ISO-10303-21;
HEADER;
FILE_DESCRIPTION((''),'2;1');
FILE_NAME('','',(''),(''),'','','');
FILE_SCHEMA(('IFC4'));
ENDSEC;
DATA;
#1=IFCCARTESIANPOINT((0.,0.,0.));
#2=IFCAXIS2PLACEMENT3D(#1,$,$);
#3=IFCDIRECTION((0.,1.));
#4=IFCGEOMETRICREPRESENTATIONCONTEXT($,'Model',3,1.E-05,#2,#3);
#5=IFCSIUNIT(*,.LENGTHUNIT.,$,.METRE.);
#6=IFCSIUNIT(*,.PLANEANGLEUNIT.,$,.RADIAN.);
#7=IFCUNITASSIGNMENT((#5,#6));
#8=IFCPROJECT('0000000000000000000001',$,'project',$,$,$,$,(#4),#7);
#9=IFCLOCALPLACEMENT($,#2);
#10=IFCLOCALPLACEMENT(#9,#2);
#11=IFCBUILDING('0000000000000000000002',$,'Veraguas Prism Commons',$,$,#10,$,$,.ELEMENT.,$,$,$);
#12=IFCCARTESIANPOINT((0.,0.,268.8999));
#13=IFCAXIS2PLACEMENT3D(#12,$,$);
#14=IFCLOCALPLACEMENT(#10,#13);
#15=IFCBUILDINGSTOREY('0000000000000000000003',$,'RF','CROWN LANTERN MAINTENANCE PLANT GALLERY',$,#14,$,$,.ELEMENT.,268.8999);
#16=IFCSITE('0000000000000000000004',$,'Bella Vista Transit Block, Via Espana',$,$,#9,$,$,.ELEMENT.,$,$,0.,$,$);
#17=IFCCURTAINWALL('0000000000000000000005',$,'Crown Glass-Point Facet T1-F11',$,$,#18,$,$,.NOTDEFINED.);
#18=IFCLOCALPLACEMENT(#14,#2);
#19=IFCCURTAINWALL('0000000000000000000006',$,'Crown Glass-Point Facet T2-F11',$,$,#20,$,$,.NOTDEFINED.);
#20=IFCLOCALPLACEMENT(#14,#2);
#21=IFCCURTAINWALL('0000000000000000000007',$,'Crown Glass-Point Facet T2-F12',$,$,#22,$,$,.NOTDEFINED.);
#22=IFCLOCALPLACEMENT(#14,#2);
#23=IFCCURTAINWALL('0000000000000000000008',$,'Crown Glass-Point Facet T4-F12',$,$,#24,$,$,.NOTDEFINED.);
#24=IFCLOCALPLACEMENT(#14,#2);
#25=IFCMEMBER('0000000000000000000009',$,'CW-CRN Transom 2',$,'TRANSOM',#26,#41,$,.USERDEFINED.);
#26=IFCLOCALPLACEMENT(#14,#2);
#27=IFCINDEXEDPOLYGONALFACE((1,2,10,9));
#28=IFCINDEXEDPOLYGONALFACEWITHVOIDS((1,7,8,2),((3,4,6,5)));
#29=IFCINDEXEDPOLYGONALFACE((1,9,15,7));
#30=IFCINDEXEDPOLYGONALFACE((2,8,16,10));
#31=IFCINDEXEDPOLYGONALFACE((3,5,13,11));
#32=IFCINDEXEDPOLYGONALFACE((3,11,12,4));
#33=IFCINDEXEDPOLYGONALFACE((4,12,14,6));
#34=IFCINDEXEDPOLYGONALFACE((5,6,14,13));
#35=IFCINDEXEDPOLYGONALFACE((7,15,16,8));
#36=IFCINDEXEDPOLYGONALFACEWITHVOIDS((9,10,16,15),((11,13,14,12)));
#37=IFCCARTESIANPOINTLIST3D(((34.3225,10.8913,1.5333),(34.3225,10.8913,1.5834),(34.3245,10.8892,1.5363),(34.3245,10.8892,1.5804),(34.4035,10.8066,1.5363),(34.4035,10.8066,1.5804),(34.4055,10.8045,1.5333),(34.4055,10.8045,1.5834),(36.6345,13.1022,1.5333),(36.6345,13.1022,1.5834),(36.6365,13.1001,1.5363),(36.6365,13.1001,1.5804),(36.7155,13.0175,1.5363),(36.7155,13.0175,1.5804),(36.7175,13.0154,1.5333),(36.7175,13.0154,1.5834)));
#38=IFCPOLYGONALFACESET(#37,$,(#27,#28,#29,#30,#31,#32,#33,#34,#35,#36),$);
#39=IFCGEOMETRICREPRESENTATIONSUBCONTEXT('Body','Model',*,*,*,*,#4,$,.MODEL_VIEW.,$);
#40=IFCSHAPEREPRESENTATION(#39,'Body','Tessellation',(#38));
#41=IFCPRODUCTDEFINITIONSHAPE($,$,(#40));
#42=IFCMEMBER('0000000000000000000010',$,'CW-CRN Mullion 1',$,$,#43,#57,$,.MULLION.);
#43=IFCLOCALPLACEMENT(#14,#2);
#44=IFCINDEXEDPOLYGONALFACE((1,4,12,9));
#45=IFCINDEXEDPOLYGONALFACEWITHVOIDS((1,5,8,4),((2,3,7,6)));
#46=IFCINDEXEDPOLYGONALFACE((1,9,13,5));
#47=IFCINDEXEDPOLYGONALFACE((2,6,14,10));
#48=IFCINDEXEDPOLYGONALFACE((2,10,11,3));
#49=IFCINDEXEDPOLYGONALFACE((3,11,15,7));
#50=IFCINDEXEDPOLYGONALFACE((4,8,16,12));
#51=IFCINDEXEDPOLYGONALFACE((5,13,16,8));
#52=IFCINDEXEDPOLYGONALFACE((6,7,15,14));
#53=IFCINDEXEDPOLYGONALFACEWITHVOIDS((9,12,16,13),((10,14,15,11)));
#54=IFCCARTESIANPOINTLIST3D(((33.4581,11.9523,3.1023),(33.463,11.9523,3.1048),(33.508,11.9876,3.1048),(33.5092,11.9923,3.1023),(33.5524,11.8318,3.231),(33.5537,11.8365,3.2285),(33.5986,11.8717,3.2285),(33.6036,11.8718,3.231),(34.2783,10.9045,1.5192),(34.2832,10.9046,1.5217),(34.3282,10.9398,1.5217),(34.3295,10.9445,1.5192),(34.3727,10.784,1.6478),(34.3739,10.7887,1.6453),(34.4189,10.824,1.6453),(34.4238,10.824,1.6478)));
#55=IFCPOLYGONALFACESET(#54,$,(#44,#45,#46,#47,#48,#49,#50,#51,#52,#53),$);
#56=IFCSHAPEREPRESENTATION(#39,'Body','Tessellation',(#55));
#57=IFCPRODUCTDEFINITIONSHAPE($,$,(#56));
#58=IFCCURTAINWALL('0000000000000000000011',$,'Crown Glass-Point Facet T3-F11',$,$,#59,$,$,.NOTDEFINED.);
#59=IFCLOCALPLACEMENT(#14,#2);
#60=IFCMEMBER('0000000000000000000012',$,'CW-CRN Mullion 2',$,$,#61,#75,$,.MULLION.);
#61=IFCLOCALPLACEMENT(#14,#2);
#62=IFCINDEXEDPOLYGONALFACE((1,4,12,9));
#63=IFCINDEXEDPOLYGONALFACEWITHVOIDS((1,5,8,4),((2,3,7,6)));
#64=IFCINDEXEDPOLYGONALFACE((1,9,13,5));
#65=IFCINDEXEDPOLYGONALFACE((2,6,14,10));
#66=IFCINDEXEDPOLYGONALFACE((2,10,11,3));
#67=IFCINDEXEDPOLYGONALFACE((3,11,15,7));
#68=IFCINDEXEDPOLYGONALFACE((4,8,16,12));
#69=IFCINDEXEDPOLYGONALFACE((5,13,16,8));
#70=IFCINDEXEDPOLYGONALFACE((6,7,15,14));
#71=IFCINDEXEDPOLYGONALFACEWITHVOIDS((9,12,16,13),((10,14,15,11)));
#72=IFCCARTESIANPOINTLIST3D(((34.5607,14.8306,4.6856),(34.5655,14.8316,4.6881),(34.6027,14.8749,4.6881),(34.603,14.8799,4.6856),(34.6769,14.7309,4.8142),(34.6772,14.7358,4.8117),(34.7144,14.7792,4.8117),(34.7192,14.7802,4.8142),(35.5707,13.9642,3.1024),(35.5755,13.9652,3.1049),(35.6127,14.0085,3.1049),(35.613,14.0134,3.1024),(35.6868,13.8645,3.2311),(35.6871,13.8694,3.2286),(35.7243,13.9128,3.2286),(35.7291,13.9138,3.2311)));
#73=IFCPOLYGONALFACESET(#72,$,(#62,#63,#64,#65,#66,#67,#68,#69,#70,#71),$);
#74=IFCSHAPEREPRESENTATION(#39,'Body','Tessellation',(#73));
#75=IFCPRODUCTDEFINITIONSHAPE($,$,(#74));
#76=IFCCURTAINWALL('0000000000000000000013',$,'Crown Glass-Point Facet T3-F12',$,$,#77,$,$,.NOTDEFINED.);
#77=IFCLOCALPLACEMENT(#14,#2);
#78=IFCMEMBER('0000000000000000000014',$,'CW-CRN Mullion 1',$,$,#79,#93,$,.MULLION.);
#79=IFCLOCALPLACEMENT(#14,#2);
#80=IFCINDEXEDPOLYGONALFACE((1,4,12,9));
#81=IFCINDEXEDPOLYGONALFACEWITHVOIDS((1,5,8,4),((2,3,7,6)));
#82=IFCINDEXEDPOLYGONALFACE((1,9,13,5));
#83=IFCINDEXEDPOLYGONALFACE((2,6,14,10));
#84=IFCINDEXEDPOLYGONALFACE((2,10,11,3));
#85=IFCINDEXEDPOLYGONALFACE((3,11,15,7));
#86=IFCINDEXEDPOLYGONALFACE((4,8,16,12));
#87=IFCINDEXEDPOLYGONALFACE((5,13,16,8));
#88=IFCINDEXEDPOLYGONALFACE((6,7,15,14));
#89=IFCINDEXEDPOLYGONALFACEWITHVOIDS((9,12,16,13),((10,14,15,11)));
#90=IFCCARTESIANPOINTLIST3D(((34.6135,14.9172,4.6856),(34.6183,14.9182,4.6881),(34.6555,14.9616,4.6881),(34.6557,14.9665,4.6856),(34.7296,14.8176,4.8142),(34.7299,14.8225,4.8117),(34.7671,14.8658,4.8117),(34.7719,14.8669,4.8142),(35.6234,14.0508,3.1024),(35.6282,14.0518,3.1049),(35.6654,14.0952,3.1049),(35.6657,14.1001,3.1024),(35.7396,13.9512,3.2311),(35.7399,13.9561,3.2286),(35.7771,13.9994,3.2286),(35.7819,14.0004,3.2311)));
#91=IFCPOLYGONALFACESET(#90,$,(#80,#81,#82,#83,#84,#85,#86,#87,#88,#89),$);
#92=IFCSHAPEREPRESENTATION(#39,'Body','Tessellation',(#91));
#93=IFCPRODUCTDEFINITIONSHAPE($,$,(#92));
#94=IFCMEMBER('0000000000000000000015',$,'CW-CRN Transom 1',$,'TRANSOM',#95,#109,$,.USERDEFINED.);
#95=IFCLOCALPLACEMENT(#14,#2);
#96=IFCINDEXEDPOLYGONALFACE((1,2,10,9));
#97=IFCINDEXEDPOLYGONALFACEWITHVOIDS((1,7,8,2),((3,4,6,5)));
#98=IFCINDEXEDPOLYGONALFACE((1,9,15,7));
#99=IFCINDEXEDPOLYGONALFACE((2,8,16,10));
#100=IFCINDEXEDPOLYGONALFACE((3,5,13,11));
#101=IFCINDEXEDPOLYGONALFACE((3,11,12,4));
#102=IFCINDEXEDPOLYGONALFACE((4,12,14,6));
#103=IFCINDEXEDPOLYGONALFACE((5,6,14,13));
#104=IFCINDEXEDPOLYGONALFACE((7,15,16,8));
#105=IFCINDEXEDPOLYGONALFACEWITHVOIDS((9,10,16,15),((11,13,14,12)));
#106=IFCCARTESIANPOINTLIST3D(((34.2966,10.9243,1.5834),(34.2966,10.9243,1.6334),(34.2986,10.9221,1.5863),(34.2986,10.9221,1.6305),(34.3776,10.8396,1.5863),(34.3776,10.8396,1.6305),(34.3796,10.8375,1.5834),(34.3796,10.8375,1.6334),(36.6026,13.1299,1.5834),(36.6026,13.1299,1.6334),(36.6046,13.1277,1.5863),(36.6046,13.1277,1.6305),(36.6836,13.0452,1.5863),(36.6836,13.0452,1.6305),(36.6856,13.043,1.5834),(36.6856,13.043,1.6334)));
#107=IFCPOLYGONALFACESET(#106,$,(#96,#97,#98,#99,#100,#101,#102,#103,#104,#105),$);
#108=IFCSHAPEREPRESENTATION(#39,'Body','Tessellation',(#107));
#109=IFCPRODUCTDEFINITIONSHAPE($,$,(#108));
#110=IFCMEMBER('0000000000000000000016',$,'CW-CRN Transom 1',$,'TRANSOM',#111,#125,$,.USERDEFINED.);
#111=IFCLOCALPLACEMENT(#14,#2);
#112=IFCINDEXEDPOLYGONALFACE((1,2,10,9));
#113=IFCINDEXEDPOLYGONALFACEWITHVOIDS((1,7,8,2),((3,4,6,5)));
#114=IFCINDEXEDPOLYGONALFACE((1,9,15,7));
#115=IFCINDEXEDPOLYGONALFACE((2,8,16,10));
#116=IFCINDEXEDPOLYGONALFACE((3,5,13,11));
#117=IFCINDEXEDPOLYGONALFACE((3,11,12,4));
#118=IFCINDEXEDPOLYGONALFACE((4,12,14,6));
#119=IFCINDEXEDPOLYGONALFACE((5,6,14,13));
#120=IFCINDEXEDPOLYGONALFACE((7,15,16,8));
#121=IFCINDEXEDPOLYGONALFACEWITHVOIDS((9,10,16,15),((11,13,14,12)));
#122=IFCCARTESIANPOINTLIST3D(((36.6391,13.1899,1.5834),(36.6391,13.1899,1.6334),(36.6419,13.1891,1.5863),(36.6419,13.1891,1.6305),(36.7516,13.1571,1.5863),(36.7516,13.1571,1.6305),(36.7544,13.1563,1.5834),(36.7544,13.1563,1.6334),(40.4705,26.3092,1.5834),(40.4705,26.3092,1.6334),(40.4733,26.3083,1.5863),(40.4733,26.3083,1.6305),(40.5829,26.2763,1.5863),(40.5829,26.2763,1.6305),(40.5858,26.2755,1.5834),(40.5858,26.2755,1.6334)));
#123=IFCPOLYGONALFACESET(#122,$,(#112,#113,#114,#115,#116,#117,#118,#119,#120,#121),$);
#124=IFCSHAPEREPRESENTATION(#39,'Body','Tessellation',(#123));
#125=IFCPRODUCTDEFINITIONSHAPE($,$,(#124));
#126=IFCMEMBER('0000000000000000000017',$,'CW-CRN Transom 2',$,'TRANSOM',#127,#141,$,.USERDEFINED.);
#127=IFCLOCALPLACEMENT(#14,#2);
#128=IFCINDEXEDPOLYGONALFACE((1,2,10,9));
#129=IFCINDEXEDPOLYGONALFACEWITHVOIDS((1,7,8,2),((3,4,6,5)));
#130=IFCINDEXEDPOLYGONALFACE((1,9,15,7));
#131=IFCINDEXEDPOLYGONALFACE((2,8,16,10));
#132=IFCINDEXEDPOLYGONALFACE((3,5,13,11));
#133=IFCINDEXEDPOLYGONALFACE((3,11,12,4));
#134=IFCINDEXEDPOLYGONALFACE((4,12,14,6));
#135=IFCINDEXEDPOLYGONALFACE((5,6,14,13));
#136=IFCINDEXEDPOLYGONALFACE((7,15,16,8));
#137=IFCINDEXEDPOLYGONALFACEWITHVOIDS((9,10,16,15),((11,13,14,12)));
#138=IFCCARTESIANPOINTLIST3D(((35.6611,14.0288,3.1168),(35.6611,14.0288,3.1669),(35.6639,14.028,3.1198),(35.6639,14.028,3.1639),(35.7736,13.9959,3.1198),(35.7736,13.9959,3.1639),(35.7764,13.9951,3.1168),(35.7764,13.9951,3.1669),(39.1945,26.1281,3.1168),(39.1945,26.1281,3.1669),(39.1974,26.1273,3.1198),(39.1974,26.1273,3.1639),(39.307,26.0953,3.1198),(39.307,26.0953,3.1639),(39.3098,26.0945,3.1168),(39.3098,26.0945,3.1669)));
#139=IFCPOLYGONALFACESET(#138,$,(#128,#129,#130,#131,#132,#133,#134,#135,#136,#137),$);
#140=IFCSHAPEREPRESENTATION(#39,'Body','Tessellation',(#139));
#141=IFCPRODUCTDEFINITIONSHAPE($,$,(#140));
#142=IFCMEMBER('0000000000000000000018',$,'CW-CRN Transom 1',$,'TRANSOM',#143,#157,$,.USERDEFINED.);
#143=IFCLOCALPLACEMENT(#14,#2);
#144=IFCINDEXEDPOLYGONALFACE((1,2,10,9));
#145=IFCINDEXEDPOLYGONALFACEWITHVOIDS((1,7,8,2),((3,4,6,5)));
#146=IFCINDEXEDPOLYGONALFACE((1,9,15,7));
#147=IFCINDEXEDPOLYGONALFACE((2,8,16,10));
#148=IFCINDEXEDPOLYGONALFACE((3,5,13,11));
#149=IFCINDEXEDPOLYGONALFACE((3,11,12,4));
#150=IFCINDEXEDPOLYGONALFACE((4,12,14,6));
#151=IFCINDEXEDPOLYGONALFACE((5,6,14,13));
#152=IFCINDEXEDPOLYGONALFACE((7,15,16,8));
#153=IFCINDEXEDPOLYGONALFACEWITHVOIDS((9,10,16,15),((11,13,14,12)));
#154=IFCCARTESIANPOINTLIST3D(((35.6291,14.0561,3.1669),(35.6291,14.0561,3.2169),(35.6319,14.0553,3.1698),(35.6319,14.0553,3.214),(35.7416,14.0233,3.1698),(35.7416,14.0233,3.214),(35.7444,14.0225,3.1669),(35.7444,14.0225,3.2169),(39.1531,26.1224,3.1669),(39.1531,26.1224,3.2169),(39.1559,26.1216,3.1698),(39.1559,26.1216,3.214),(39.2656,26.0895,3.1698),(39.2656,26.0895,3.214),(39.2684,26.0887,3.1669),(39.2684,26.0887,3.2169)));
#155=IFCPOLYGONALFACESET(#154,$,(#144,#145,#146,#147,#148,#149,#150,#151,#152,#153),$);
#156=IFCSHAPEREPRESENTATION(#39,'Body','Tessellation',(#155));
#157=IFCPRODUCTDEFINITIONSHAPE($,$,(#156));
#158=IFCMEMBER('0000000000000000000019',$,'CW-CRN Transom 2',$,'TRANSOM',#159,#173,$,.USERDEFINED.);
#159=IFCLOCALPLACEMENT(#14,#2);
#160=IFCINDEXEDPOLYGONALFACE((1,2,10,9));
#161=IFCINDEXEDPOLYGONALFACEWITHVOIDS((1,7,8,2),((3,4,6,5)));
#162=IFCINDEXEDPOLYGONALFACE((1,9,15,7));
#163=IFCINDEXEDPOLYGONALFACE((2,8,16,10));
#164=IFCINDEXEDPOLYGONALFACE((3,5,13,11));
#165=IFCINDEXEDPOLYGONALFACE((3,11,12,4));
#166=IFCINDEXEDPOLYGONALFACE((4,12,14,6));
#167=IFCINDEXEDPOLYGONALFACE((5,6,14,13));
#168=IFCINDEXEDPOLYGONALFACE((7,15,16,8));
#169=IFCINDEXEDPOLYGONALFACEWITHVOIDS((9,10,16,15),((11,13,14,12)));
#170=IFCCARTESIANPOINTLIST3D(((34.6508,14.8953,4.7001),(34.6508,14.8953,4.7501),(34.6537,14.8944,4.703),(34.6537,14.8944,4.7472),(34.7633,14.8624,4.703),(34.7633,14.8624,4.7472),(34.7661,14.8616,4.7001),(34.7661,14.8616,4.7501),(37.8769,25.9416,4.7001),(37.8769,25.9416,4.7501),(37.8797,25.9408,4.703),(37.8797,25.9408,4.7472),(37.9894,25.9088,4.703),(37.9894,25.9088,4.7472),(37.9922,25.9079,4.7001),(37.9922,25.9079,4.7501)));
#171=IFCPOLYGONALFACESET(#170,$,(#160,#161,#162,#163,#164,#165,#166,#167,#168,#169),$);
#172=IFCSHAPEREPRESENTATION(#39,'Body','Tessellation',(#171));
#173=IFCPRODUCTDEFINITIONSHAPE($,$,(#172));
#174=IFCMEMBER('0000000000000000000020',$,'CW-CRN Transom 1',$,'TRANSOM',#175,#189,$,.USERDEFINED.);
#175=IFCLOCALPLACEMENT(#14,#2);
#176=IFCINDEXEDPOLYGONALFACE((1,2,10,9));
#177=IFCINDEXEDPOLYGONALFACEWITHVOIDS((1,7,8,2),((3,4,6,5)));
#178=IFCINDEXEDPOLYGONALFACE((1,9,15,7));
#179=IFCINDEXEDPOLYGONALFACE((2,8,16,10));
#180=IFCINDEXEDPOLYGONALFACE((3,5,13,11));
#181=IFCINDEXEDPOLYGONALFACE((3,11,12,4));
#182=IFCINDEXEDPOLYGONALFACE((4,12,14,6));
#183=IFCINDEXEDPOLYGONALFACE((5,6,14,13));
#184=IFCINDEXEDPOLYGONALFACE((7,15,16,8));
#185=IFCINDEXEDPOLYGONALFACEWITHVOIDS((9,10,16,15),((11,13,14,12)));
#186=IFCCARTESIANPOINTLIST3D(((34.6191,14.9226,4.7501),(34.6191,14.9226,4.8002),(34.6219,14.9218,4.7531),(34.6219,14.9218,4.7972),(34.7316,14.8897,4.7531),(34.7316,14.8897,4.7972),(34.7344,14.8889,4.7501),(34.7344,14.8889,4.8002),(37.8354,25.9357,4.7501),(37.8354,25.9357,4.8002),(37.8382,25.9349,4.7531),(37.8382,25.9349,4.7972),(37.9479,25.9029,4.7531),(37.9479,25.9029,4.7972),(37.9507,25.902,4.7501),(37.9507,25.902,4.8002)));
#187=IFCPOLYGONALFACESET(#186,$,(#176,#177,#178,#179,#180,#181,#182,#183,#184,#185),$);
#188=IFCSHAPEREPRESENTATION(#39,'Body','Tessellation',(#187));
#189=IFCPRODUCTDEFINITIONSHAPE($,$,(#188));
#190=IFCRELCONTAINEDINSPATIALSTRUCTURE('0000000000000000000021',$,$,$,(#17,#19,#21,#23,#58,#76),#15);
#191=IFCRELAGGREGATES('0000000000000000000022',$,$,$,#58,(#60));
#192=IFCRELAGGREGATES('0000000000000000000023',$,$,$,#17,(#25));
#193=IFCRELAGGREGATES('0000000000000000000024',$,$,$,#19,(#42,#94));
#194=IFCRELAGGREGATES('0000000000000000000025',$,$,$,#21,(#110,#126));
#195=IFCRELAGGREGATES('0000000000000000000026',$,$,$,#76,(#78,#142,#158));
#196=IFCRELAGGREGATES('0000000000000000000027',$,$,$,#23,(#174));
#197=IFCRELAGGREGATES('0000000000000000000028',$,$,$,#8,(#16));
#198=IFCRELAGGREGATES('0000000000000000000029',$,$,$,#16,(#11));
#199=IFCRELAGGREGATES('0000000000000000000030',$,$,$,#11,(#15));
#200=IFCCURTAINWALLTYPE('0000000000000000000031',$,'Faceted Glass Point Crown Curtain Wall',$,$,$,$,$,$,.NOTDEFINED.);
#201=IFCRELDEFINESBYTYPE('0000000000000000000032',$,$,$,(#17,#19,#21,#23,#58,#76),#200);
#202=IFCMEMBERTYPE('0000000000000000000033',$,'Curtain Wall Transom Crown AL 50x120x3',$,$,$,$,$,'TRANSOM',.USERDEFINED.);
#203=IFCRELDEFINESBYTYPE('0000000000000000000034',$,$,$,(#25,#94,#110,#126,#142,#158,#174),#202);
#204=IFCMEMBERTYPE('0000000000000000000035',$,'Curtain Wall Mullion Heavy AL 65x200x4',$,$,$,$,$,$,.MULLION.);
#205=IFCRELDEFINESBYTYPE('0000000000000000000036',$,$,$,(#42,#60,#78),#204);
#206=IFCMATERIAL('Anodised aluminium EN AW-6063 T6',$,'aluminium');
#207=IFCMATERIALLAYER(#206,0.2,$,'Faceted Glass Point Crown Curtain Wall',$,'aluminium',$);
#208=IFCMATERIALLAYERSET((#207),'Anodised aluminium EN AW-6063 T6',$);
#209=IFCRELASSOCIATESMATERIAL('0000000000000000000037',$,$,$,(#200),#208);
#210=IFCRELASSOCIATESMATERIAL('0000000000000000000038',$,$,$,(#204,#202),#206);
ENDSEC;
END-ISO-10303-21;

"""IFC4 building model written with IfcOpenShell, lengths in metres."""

from ifc_helpers import new_model, si_unit, direction, frame, origin, origin_2d, place, context, subcontext, project, spatial, hollow_rectangle, extrude, source, transform, mapped, material, layer, layer_set, material_profile, profile_set, type_object, element, aggregate, save


model = new_model("IFC4")

# Units and contexts
model_context = context("Model", 3, precision=1e-05, world=origin(), true_north=direction((0.0, 1.0)))
body_context = subcontext(model_context, "Body", "Model", "MODEL_VIEW")
ifc_project = project(units=[si_unit("LENGTHUNIT", "METRE"), si_unit("PLANEANGLEUNIT", "RADIAN")], contexts=[model_context])

# Site, building, storey
site_placement = place(None, origin())
site = spatial("IfcSite", under=ifc_project, at=site_placement, Name="Bella Vista Transit Block, Via Espana", CompositionType="ELEMENT", RefElevation=0.0)
building_placement = place(site_placement, origin())
building = spatial("IfcBuilding", under=site, at=building_placement, Name="Veraguas Prism Commons", CompositionType="ELEMENT")
storey_placement = place(building_placement, frame((0.0, 0.0, 268.8999)))
storey = spatial("IfcBuildingStorey", under=building, at=storey_placement, Name="RF", Description="CROWN LANTERN MAINTENANCE PLANT GALLERY", CompositionType="ELEMENT", Elevation=268.8999)

# Shared definitions
ifc_material_1 = material(Name="Anodised aluminium EN AW-6063 T6", Category="aluminium")
ifc_layer_1 = layer(ifc_material_1, 0.2, Name="Faceted Glass Point Crown Curtain Wall", Category="aluminium")
ifc_layer_set_1 = layer_set([ifc_layer_1], Name="Anodised aluminium EN AW-6063 T6")
curtain_wall_type = type_object("IfcCurtainWallType", Name="Faceted Glass Point Crown Curtain Wall", PredefinedType="NOTDEFINED", material=ifc_layer_set_1)
ifc_material_profile_1 = material_profile(ifc_material_1, hollow_rectangle(XDim=0.0649, YDim=0.2, WallThickness=0.0039, at=origin_2d()), Name="AL65X200X4")
ifc_profile_set_1 = profile_set([ifc_material_profile_1], Name="Anodised aluminium EN AW-6063 T6")
member_type_1 = type_object("IfcMemberType", Name="Curtain Wall Mullion Heavy AL 65x200x4", PredefinedType="MULLION", material=ifc_profile_set_1)

# Curtain wall
curtain_wall_1_placement = place(storey_placement, origin())
curtain_wall_1 = element("IfcCurtainWall", 1, at=curtain_wall_1_placement, inside=storey, type_object=curtain_wall_type, Name="Crown Glass-Point Facet T1-F11", PredefinedType="NOTDEFINED")

# Curtain walls
curtain_wall_2_placement = place(storey_placement, origin())
curtain_wall_2 = element("IfcCurtainWall", 2, at=curtain_wall_2_placement, inside=storey, type_object=curtain_wall_type, Name="Crown Glass-Point Facet T2-F11", PredefinedType="NOTDEFINED")
curtain_wall_3_placement = place(storey_placement, origin())
curtain_wall_3 = element("IfcCurtainWall", 3, at=curtain_wall_3_placement, inside=storey, type_object=curtain_wall_type, Name="Crown Glass-Point Facet T2-F12", PredefinedType="NOTDEFINED")
curtain_wall_4_placement = place(storey_placement, origin())
curtain_wall_4 = element("IfcCurtainWall", 4, at=curtain_wall_4_placement, inside=storey, type_object=curtain_wall_type, Name="Crown Glass-Point Facet T4-F12", PredefinedType="NOTDEFINED")

# Members
ifc_material_profile_2 = material_profile(ifc_material_1, hollow_rectangle(XDim=0.05, YDim=0.1201, WallThickness=0.0029, at=origin_2d()), Name="AL50X120X3")
ifc_profile_set_2 = profile_set([ifc_material_profile_2], Name="Anodised aluminium EN AW-6063 T6")
member_type_2 = type_object("IfcMemberType", Name="Curtain Wall Transom Crown AL 50x120x3", ElementType="TRANSOM", PredefinedType="USERDEFINED", material=ifc_profile_set_2)
shared_shape_1 = source(origin(), body_context, "Body", "SweptSolid", [
    extrude(hollow_rectangle(XDim=0.05, YDim=0.1201, WallThickness=0.0029, at=origin_2d()), origin(), (0.0, 0.0, 1.0), 3.199),
])
member_1_placement = place(storey_placement, frame((34.364, 10.8479, 1.5583), z_axis=(0.722728, 0.691133, 0.0), x_axis=(0.0, 0.0, 1.0)))
member_1 = element("IfcMember", 5, at=member_1_placement, type_object=member_type_2, Name="CW-CRN Transom 2", ObjectType="TRANSOM", PredefinedType="USERDEFINED", context=body_context, shape_type="MappedRepresentation", body=[
    mapped(shared_shape_1, transform((0.0, 0.0, 0.0), scale=1.0)),
])
shared_shape_2 = source(origin(), body_context, "Body", "SweptSolid", [
    extrude(hollow_rectangle(XDim=0.0649, YDim=0.2, WallThickness=0.0039, at=origin_2d()), origin(), (0.0, 0.0, 1.0), 2.0681),
])
member_2_placement = place(storey_placement, frame((34.3511, 10.8643, 1.5835), z_axis=(-0.396625, 0.506641, 0.765509), x_axis=(-0.787412, -0.616427, 0.0)))
member_2 = element("IfcMember", 6, at=member_2_placement, type_object=member_type_1, Name="CW-CRN Mullion 1", PredefinedType="MULLION", context=body_context, shape_type="MappedRepresentation", body=[
    mapped(shared_shape_2, transform((0.0, 0.0, 0.0), scale=1.0)),
])

# Curtain walls, members
curtain_wall_5_placement = place(storey_placement, origin())
curtain_wall_5 = element("IfcCurtainWall", 7, at=curtain_wall_5_placement, inside=storey, type_object=curtain_wall_type, Name="Crown Glass-Point Facet T3-F11", PredefinedType="NOTDEFINED")
member_3_placement = place(storey_placement, frame((35.6499, 13.939, 3.1667), z_axis=(-0.488346, 0.418937, 0.765513), x_axis=(-0.651109, -0.758985, 0.0)))
member_3 = element("IfcMember", 8, at=member_3_placement, type_object=member_type_1, Name="CW-CRN Mullion 2", PredefinedType="MULLION", context=body_context, shape_type="MappedRepresentation", body=[
    mapped(shared_shape_2, transform((0.0, 0.0, 0.0), scale=1.0)),
])
aggregate(curtain_wall_5, [member_3])
curtain_wall_6_placement = place(storey_placement, origin())
curtain_wall_6 = element("IfcCurtainWall", 9, at=curtain_wall_6_placement, inside=storey, type_object=curtain_wall_type, Name="Crown Glass-Point Facet T3-F12", PredefinedType="NOTDEFINED")
member_4_placement = place(storey_placement, frame((35.7026, 14.0256, 3.1667), z_axis=(-0.488346, 0.418937, 0.765513), x_axis=(-0.651109, -0.758985, 0.0)))
member_4 = element("IfcMember", 10, at=member_4_placement, type_object=member_type_1, Name="CW-CRN Mullion 1", PredefinedType="MULLION", context=body_context, shape_type="MappedRepresentation", body=[
    mapped(shared_shape_2, transform((0.0, 0.0, 0.0), scale=1.0)),
])

# Members
shared_shape_3 = source(origin(), body_context, "Body", "SweptSolid", [
    extrude(hollow_rectangle(XDim=0.05, YDim=0.1201, WallThickness=0.0029, at=origin_2d()), origin(), (0.0, 0.0, 1.0), 3.1909),
])
member_5_placement = place(storey_placement, frame((34.3381, 10.8809, 1.6084), z_axis=(0.722655, 0.691209, 0.0), x_axis=(0.0, 0.0, 1.0)))
member_5 = element("IfcMember", 11, at=member_5_placement, type_object=member_type_2, Name="CW-CRN Transom 1", ObjectType="TRANSOM", PredefinedType="USERDEFINED", context=body_context, shape_type="MappedRepresentation", body=[
    mapped(shared_shape_3, transform((0.0, 0.0, 0.0), scale=1.0)),
])
shared_shape_4 = source(origin(), body_context, "Body", "SweptSolid", [
    extrude(hollow_rectangle(XDim=0.05, YDim=0.1201, WallThickness=0.0029, at=origin_2d()), origin(), (0.0, 0.0, 1.0), 13.6672),
])
member_6_placement = place(storey_placement, frame((36.6968, 13.1731, 1.6084), z_axis=(0.280329, 0.959904, 0.0), x_axis=(0.0, 0.0, 1.0)))
member_6 = element("IfcMember", 12, at=member_6_placement, type_object=member_type_2, Name="CW-CRN Transom 1", ObjectType="TRANSOM", PredefinedType="USERDEFINED", context=body_context, shape_type="MappedRepresentation", body=[
    mapped(shared_shape_4, transform((0.0, 0.0, 0.0), scale=1.0)),
])
shared_shape_5 = source(origin(), body_context, "Body", "SweptSolid", [
    extrude(hollow_rectangle(XDim=0.05, YDim=0.1201, WallThickness=0.0029, at=origin_2d()), origin(), (0.0, 0.0, 1.0), 12.6047),
])
member_7_placement = place(storey_placement, frame((35.7188, 14.012, 3.1418), z_axis=(0.280326, 0.959905, 0.0), x_axis=(0.0, 0.0, 1.0)))
member_7 = element("IfcMember", 13, at=member_7_placement, type_object=member_type_2, Name="CW-CRN Transom 2", ObjectType="TRANSOM", PredefinedType="USERDEFINED", context=body_context, shape_type="MappedRepresentation", body=[
    mapped(shared_shape_5, transform((0.0, 0.0, 0.0), scale=1.0)),
])
shared_shape_6 = source(origin(), body_context, "Body", "SweptSolid", [
    extrude(hollow_rectangle(XDim=0.05, YDim=0.1201, WallThickness=0.0029, at=origin_2d()), origin(), (0.0, 0.0, 1.0), 12.5703),
])
member_8_placement = place(storey_placement, frame((35.6868, 14.0393, 3.1919), z_axis=(0.280339, 0.959901, 0.0), x_axis=(0.0, 0.0, 1.0)))
member_8 = element("IfcMember", 14, at=member_8_placement, type_object=member_type_2, Name="CW-CRN Transom 1", ObjectType="TRANSOM", PredefinedType="USERDEFINED", context=body_context, shape_type="MappedRepresentation", body=[
    mapped(shared_shape_6, transform((0.0, 0.0, 0.0), scale=1.0)),
])
shared_shape_7 = source(origin(), body_context, "Body", "SweptSolid", [
    extrude(hollow_rectangle(XDim=0.05, YDim=0.1201, WallThickness=0.0029, at=origin_2d()), origin(), (0.0, 0.0, 1.0), 11.5078),
])
member_9_placement = place(storey_placement, frame((34.7085, 14.8784, 4.7251), z_axis=(0.280337, 0.959902, 0.0), x_axis=(0.0, 0.0, 1.0)))
member_9 = element("IfcMember", 15, at=member_9_placement, type_object=member_type_2, Name="CW-CRN Transom 2", ObjectType="TRANSOM", PredefinedType="USERDEFINED", context=body_context, shape_type="MappedRepresentation", body=[
    mapped(shared_shape_7, transform((0.0, 0.0, 0.0), scale=1.0)),
])
shared_shape_8 = source(origin(), body_context, "Body", "SweptSolid", [
    extrude(hollow_rectangle(XDim=0.05, YDim=0.1201, WallThickness=0.0029, at=origin_2d()), origin(), (0.0, 0.0, 1.0), 11.4731),
])
member_10_placement = place(storey_placement, frame((34.6768, 14.9058, 4.7751), z_axis=(0.280332, 0.959903, 0.0), x_axis=(0.0, 0.0, 1.0)))
member_10 = element("IfcMember", 16, at=member_10_placement, type_object=member_type_2, Name="CW-CRN Transom 1", ObjectType="TRANSOM", PredefinedType="USERDEFINED", context=body_context, shape_type="MappedRepresentation", body=[
    mapped(shared_shape_8, transform((0.0, 0.0, 0.0), scale=1.0)),
])

aggregate(curtain_wall_1, [member_1])
aggregate(curtain_wall_2, [member_2, member_5])
aggregate(curtain_wall_3, [member_6, member_7])
aggregate(curtain_wall_6, [member_4, member_8, member_9])
aggregate(curtain_wall_4, [member_10])

save(model, "model.ifc")
